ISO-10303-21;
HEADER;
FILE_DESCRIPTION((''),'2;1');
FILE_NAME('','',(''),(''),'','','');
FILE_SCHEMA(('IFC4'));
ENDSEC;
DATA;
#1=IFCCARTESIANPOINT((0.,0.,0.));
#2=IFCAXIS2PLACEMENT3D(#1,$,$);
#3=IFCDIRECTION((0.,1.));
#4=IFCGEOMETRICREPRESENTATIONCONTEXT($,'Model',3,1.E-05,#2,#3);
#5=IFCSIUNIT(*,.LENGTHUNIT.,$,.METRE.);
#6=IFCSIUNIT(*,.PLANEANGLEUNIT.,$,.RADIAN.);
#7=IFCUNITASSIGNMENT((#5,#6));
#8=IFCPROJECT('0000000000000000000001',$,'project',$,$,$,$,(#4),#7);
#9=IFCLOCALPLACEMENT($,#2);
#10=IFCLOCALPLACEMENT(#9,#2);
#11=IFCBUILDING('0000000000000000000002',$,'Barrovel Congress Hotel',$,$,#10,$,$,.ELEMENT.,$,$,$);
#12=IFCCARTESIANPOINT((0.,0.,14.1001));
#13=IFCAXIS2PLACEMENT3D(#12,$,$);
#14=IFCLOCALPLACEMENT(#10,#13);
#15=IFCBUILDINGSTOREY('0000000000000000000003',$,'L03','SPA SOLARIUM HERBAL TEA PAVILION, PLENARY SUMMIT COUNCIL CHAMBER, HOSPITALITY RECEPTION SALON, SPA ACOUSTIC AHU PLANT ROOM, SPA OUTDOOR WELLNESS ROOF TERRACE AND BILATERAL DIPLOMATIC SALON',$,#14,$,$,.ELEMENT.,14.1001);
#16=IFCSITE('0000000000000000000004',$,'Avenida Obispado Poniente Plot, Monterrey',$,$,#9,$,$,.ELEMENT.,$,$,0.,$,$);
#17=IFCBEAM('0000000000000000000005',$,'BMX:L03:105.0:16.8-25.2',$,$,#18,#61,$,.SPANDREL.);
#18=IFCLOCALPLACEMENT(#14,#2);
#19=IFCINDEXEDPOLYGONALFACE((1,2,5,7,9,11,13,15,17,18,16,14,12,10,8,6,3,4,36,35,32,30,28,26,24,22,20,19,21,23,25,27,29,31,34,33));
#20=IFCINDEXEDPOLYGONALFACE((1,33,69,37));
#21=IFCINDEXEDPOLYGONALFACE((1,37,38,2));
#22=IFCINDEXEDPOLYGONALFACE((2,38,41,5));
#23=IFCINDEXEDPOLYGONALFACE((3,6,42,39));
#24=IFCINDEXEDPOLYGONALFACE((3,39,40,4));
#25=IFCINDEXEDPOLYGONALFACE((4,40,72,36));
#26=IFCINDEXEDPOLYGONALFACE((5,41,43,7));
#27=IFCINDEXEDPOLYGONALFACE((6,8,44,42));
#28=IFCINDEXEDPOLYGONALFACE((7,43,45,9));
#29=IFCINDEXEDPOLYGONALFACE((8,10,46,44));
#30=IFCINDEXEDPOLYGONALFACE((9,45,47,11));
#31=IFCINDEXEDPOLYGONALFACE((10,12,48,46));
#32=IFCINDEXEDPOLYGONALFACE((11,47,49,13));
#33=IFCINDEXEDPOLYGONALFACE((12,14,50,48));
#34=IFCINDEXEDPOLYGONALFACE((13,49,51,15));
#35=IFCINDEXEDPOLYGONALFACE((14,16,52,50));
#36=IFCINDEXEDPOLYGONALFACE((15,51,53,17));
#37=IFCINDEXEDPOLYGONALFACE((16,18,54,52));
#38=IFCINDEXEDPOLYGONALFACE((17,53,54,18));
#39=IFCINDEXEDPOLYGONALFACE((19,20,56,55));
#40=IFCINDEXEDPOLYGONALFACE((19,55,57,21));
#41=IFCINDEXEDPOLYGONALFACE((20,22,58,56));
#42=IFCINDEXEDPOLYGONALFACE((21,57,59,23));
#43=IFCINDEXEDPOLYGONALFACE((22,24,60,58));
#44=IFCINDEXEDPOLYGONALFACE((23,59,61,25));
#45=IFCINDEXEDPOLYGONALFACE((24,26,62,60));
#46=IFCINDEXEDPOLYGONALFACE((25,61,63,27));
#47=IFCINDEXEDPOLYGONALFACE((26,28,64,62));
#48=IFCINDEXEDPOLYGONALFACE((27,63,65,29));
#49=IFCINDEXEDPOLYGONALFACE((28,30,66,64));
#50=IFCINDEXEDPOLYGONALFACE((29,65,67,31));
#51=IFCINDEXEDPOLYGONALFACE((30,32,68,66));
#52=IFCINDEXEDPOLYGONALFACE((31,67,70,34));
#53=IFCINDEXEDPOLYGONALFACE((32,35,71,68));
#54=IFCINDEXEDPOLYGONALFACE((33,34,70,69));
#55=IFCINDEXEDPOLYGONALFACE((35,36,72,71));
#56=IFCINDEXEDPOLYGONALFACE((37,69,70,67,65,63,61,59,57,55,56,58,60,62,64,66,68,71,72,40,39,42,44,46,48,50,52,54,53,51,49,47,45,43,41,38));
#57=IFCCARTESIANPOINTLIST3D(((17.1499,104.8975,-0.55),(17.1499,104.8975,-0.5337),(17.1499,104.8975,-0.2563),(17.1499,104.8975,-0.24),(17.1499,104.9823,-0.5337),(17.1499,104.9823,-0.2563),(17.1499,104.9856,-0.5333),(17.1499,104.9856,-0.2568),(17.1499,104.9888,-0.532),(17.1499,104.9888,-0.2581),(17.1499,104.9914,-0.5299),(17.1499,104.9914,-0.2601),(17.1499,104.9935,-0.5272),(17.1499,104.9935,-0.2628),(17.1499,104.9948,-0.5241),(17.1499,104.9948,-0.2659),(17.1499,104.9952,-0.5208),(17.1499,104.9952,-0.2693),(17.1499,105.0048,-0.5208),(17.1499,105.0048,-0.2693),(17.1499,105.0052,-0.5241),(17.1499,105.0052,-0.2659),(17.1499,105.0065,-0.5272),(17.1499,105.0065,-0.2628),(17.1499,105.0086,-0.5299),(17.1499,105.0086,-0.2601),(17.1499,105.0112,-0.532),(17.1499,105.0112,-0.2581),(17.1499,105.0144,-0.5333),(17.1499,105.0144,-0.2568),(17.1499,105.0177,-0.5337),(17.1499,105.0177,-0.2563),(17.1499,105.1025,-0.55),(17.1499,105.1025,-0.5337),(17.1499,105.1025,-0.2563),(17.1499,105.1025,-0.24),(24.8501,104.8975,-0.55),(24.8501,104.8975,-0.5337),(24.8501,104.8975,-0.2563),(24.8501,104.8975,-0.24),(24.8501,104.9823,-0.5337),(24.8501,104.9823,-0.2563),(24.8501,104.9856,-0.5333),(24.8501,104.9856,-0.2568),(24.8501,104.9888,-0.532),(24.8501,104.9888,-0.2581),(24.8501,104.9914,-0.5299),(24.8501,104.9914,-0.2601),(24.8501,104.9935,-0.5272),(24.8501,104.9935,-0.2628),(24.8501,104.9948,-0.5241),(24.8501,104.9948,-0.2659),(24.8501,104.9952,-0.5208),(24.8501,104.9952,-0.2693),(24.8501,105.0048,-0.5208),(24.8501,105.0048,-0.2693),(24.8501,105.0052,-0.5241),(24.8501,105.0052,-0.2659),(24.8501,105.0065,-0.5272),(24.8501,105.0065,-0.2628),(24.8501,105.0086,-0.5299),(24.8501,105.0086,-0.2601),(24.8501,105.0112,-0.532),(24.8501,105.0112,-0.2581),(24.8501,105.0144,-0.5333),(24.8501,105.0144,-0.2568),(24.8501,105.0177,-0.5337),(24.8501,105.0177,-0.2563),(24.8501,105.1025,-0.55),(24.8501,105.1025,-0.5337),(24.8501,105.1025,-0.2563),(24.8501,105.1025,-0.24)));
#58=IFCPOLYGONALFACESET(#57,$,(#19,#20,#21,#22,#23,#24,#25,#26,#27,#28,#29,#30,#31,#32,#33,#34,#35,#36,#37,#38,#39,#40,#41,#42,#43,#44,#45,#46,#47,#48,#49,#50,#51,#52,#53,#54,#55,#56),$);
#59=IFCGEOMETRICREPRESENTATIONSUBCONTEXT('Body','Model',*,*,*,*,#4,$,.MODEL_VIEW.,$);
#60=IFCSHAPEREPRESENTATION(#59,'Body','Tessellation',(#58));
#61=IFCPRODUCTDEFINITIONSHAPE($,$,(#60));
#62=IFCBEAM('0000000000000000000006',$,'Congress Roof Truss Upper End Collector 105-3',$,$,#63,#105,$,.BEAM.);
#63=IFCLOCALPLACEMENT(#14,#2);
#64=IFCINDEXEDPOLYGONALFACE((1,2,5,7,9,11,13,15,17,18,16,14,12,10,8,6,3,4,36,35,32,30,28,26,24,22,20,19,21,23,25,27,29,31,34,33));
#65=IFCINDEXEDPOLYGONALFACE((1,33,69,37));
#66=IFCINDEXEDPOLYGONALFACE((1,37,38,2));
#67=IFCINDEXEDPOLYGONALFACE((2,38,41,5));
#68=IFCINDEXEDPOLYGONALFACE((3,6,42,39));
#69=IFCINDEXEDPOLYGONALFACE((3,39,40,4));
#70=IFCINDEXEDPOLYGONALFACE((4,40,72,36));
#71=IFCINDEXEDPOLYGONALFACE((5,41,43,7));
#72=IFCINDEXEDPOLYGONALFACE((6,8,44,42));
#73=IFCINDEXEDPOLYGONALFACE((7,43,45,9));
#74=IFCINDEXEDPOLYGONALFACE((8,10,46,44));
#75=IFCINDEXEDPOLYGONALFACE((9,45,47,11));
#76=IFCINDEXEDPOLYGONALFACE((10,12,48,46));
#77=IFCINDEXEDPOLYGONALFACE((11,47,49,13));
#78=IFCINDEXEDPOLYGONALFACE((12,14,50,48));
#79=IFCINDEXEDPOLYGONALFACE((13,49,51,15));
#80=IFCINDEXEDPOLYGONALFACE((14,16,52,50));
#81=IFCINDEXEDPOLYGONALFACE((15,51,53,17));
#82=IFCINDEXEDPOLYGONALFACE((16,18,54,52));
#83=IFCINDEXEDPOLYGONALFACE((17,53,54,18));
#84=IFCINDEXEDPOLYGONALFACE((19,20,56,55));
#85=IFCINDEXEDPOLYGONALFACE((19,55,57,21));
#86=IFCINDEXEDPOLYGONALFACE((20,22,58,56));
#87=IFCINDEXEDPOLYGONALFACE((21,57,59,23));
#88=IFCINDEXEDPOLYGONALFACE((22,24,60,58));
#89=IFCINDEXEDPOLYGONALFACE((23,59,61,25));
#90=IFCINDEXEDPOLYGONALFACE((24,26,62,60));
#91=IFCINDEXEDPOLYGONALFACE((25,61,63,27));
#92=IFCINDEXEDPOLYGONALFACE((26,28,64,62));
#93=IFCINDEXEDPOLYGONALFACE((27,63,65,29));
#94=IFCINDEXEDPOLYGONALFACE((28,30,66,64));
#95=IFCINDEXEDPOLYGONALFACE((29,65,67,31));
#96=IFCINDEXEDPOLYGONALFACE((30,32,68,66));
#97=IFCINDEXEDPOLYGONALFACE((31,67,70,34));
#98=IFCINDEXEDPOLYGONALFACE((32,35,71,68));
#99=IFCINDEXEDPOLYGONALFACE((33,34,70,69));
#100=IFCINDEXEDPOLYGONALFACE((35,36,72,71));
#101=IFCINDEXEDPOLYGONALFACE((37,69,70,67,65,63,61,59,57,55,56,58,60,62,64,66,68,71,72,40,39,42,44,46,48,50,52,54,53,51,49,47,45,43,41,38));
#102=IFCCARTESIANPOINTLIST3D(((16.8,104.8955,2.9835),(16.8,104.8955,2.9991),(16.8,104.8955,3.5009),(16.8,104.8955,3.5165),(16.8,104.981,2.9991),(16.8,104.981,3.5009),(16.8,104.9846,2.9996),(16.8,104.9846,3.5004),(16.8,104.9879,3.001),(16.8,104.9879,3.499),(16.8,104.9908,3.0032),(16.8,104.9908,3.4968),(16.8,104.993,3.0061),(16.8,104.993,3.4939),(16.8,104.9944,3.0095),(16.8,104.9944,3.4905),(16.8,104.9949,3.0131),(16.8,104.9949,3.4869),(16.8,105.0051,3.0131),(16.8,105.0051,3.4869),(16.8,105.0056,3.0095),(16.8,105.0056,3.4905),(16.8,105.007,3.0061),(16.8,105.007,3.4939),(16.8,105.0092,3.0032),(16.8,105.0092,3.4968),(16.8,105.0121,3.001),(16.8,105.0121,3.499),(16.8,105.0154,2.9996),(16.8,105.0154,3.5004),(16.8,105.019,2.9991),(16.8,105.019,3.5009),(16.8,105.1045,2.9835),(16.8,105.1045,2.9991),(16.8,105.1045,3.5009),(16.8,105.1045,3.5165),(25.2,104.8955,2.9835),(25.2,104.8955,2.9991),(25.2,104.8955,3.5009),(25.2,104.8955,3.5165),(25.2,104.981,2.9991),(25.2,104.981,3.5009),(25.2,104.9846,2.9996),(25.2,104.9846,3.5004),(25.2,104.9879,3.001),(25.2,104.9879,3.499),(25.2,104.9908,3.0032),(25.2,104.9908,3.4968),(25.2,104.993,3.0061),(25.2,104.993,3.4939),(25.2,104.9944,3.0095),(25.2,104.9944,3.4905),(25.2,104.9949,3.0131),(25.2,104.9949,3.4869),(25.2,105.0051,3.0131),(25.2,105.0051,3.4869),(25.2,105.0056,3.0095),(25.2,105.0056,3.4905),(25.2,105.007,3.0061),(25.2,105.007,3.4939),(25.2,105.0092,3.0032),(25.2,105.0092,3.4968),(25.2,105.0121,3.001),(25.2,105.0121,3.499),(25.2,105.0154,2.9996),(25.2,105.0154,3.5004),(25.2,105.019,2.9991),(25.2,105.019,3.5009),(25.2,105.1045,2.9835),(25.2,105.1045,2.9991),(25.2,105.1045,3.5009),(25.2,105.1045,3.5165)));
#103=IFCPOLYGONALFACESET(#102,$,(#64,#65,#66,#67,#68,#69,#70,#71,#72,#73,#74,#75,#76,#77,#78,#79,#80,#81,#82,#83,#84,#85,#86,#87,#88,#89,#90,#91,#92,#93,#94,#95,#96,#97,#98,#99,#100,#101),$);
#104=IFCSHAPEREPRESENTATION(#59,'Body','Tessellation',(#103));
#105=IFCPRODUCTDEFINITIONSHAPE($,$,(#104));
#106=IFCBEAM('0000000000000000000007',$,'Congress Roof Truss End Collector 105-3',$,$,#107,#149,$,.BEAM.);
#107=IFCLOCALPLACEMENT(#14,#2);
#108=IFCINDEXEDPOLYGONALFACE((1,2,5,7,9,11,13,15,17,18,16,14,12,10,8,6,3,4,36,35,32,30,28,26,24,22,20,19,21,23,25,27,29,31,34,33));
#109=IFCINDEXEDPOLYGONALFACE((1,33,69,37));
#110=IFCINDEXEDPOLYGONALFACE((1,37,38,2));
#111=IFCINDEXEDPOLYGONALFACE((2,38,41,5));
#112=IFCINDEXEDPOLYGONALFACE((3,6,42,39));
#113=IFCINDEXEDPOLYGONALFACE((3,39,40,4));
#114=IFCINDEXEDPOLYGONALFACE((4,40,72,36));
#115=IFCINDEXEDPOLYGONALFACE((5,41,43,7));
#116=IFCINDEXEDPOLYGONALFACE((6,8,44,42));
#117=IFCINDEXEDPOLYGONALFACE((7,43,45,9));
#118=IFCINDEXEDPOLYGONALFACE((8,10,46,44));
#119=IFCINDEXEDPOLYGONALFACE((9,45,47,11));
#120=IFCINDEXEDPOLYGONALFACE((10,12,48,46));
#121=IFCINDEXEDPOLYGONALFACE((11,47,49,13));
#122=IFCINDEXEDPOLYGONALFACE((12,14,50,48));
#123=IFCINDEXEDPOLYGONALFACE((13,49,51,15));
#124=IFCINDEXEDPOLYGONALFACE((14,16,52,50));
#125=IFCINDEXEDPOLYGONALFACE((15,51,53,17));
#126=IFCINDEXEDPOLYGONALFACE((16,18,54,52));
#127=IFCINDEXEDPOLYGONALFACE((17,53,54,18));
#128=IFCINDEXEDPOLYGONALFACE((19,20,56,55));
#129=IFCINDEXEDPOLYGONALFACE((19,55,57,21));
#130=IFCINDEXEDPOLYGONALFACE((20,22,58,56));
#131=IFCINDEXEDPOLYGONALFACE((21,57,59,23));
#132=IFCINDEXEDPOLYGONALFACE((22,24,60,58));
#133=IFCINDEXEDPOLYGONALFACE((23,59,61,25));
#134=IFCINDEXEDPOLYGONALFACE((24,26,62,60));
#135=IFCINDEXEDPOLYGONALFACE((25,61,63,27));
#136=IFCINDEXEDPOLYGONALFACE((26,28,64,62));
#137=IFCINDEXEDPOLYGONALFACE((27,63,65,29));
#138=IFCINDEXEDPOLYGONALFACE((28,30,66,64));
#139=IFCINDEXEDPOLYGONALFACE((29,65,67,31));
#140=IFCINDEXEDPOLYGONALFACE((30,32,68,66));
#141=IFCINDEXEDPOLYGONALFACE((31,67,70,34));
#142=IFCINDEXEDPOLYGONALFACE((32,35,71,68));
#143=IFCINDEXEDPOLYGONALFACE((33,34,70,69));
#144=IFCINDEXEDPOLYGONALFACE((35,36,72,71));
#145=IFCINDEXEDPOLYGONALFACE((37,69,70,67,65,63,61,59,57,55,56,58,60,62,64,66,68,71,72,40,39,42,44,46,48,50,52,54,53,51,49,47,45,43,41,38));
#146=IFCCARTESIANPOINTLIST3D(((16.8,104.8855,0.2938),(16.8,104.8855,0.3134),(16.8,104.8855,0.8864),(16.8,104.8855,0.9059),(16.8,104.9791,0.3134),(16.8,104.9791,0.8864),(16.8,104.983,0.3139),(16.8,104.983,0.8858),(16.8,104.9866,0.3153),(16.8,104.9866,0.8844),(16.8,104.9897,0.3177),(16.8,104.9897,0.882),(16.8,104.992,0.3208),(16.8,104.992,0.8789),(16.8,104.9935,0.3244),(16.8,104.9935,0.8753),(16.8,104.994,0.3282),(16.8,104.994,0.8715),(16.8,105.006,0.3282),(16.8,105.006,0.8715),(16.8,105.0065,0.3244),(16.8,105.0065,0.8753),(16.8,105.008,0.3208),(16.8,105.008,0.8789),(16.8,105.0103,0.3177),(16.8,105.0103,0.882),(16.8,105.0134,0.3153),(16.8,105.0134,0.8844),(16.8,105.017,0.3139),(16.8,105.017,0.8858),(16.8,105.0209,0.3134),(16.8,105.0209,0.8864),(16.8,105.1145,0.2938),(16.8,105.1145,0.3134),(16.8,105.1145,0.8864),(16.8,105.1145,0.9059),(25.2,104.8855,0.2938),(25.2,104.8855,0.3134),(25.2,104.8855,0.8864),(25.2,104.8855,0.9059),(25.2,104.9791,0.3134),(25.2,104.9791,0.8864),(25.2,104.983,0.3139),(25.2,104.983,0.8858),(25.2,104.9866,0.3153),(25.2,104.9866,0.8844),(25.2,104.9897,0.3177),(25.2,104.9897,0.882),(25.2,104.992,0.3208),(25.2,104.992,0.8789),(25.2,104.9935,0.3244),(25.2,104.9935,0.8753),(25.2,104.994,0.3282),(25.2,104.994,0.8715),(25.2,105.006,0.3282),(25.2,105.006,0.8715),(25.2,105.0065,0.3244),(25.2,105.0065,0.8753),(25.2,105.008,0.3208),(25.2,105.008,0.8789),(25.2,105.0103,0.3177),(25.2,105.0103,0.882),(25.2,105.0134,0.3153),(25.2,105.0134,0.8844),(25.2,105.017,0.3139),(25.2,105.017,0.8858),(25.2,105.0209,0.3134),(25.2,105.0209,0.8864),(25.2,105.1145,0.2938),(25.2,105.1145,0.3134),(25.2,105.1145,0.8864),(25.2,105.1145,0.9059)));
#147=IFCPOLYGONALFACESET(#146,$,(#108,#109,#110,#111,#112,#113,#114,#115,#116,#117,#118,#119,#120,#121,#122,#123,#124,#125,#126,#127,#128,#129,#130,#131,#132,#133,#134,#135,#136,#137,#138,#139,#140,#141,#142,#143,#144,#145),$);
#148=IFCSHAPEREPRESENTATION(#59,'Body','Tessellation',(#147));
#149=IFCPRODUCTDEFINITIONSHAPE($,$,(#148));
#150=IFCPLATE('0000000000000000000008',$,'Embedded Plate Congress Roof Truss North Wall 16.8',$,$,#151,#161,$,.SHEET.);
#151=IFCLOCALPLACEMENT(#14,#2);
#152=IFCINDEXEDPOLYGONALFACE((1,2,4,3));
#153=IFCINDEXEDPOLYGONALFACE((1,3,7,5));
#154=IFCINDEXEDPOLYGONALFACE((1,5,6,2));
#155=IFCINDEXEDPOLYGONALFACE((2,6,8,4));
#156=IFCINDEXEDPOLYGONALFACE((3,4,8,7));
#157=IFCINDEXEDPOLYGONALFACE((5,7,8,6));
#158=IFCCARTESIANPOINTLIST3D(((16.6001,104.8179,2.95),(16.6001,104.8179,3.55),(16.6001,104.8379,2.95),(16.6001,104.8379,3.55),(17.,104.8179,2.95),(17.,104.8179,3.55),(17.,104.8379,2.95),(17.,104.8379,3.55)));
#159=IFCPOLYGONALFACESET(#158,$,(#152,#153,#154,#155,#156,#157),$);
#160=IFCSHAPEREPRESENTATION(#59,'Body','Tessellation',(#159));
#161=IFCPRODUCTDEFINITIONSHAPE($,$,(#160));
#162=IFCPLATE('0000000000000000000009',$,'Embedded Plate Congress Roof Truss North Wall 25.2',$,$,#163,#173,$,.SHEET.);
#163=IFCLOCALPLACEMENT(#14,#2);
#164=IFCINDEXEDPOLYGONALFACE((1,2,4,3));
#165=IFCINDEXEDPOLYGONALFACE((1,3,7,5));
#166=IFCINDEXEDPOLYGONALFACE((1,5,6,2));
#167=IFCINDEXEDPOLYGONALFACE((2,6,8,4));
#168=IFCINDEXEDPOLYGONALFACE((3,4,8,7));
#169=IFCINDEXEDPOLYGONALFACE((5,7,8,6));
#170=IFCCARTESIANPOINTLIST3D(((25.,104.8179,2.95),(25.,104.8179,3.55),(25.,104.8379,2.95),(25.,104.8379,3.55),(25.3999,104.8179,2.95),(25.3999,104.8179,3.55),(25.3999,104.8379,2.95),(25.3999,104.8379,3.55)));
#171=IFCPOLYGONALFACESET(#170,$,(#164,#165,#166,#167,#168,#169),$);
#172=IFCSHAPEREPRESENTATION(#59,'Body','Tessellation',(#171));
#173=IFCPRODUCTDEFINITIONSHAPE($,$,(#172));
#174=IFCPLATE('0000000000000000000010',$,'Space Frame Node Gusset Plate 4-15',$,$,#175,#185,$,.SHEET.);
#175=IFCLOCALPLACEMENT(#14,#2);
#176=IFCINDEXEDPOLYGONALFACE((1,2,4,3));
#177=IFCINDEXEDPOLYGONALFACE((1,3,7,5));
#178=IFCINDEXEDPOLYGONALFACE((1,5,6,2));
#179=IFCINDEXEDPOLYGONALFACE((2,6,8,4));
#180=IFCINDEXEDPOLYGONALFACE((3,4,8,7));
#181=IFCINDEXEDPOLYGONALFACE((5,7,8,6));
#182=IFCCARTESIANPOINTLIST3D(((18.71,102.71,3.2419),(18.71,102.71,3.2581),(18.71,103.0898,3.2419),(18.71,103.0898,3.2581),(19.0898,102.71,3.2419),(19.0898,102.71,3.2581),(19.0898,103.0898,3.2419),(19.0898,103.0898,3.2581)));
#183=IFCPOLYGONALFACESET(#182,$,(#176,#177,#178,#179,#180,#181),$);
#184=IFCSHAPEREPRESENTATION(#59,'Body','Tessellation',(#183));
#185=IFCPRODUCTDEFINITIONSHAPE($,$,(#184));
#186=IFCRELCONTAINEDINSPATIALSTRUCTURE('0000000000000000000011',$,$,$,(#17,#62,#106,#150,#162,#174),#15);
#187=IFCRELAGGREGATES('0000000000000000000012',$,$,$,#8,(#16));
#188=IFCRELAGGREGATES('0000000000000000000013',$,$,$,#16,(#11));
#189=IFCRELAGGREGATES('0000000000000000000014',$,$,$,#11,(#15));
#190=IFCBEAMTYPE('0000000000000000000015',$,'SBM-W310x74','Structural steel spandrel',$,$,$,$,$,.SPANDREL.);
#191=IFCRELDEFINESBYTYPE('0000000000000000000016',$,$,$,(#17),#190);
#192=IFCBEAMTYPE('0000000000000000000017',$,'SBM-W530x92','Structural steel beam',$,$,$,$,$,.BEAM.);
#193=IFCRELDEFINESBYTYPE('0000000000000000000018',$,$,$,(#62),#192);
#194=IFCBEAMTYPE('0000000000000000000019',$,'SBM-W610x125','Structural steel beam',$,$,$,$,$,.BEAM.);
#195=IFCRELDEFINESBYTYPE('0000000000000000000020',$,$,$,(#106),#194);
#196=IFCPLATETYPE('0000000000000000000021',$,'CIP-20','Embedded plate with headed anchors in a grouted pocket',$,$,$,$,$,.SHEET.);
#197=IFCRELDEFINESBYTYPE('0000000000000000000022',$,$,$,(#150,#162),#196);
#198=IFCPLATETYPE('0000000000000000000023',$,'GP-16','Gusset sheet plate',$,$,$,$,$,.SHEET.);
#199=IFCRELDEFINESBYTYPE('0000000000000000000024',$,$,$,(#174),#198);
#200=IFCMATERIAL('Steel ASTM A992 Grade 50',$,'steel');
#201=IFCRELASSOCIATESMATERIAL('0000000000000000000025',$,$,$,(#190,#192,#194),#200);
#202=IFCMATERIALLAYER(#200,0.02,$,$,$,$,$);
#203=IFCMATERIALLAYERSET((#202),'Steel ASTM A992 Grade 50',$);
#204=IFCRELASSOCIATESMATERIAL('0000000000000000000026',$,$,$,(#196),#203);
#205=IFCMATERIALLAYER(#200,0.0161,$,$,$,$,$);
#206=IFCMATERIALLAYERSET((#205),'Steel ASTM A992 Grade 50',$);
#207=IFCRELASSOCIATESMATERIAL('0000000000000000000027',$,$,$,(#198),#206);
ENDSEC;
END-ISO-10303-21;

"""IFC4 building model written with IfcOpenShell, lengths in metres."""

from ifc_helpers import new_model, si_unit, direction, frame, origin, origin_2d, place, context, subcontext, project, spatial, rectangle, i_section, extrude, material, layer, layer_set, material_profile, profile_set, type_object, element, save


model = new_model("IFC4")

# Units and contexts
model_context = context("Model", 3, precision=1e-05, world=origin(), true_north=direction((0.0, 1.0)))
body_context = subcontext(model_context, "Body", "Model", "MODEL_VIEW")
ifc_project = project(units=[si_unit("LENGTHUNIT", "METRE"), si_unit("PLANEANGLEUNIT", "RADIAN")], contexts=[model_context])

# Site, building, storey
site_placement = place(None, origin())
site = spatial("IfcSite", under=ifc_project, at=site_placement, Name="Avenida Obispado Poniente Plot, Monterrey", CompositionType="ELEMENT", RefElevation=0.0)
building_placement = place(site_placement, origin())
building = spatial("IfcBuilding", under=site, at=building_placement, Name="Barrovel Congress Hotel", CompositionType="ELEMENT")
storey_placement = place(building_placement, frame((0.0, 0.0, 14.1001)))
storey = spatial("IfcBuildingStorey", under=building, at=storey_placement, Name="L03", Description="SPA SOLARIUM HERBAL TEA PAVILION, PLENARY SUMMIT COUNCIL CHAMBER, HOSPITALITY RECEPTION SALON, SPA ACOUSTIC AHU PLANT ROOM, SPA OUTDOOR WELLNESS ROOF TERRACE AND BILATERAL DIPLOMATIC SALON", CompositionType="ELEMENT", Elevation=14.1001)

# Beams
ifc_material_1 = material(Name="Steel ASTM A992 Grade 50", Category="steel")
ifc_material_profile_1 = material_profile(ifc_material_1, i_section(OverallWidth=0.2051, OverallDepth=0.3101, WebThickness=0.0095, FlangeThickness=0.0164, FilletRadius=0.0129, at=origin_2d()), Name="W310x74")
ifc_profile_set_1 = profile_set([ifc_material_profile_1], Name="Steel ASTM A992 Grade 50")
beam_type_1 = type_object("IfcBeamType", Name="SBM-W310x74", Description="Structural steel spandrel", PredefinedType="SPANDREL", material=ifc_profile_set_1)
beam_1_placement = place(storey_placement, frame((17.1499, 105.0, -0.395), z_axis=(1.0, 0.0, 0.0), x_axis=(0.0, 1.0, 0.0)))
element("IfcBeam", 1, at=beam_1_placement, inside=storey, type_object=beam_type_1, Name="BMX:L03:105.0:16.8-25.2", PredefinedType="SPANDREL", context=body_context, shape_type="SweptSolid", body=[
    extrude(i_section(OverallWidth=0.2051, OverallDepth=0.3101, WebThickness=0.0095, FlangeThickness=0.0164, FilletRadius=0.0129, at=origin_2d()), origin(), (0.0, 0.0, 1.0), 7.7002),
])
ifc_material_profile_2 = material_profile(ifc_material_1, i_section(OverallWidth=0.209, OverallDepth=0.533, WebThickness=0.0103, FlangeThickness=0.0156, FilletRadius=0.0139, at=origin_2d()), Name="W530x92")
ifc_profile_set_2 = profile_set([ifc_material_profile_2], Name="Steel ASTM A992 Grade 50")
beam_type_2 = type_object("IfcBeamType", Name="SBM-W530x92", Description="Structural steel beam", PredefinedType="BEAM", material=ifc_profile_set_2)
beam_2_placement = place(storey_placement, frame((16.8, 105.0, 3.25), z_axis=(1.0, 0.0, 0.0), x_axis=(0.0, 1.0, 0.0)))
element("IfcBeam", 2, at=beam_2_placement, inside=storey, type_object=beam_type_2, Name="Congress Roof Truss Upper End Collector 105-3", PredefinedType="BEAM", context=body_context, shape_type="SweptSolid", body=[
    extrude(i_section(OverallWidth=0.209, OverallDepth=0.533, WebThickness=0.0103, FlangeThickness=0.0156, FilletRadius=0.0139, at=origin_2d()), origin(), (0.0, 0.0, 1.0), 8.3999),
])
ifc_material_profile_3 = material_profile(ifc_material_1, i_section(OverallWidth=0.229, OverallDepth=0.6121, WebThickness=0.012, FlangeThickness=0.0195, FilletRadius=0.0149, at=origin_2d()), Name="W610x125")
ifc_profile_set_3 = profile_set([ifc_material_profile_3], Name="Steel ASTM A992 Grade 50")
beam_type_3 = type_object("IfcBeamType", Name="SBM-W610x125", Description="Structural steel beam", PredefinedType="BEAM", material=ifc_profile_set_3)
beam_3_placement = place(storey_placement, frame((16.8, 105.0, 0.5999), z_axis=(1.0, 0.0, 0.0), x_axis=(0.0, 1.0, 0.0)))
element("IfcBeam", 3, at=beam_3_placement, inside=storey, type_object=beam_type_3, Name="Congress Roof Truss End Collector 105-3", PredefinedType="BEAM", context=body_context, shape_type="SweptSolid", body=[
    extrude(i_section(OverallWidth=0.229, OverallDepth=0.6121, WebThickness=0.012, FlangeThickness=0.0195, FilletRadius=0.0149, at=origin_2d()), origin(), (0.0, 0.0, 1.0), 8.3999),
])

# Plates
ifc_layer_1 = layer(ifc_material_1, 0.02)
ifc_layer_set_1 = layer_set([ifc_layer_1], Name="Steel ASTM A992 Grade 50")
plate_type_1 = type_object("IfcPlateType", Name="CIP-20", Description="Embedded plate with headed anchors in a grouted pocket", PredefinedType="SHEET", material=ifc_layer_set_1)
for number, where, z_axis, x_axis, name in (
    (4, (16.8, 104.8279, 2.95), (0.0, 0.0, 1.0), (1.0, 0.0, 0.0), "Embedded Plate Congress Roof Truss North Wall 16.8"),
    (5, (25.2, 104.8279, 2.95), (0.0, 0.0, 1.0), (1.0, 0.0, 0.0), "Embedded Plate Congress Roof Truss North Wall 25.2"),
):
    element("IfcPlate", number, at=place(storey_placement, frame(where, z_axis=z_axis, x_axis=x_axis)), inside=storey, type_object=plate_type_1, Name=name, PredefinedType="SHEET", context=body_context, shape_type="SweptSolid", body=[
        extrude(rectangle(XDim=0.3999, YDim=0.02, at=origin_2d()), origin(), (0.0, 0.0, 1.0), 0.6001),
    ])
ifc_layer_2 = layer(ifc_material_1, 0.0161)
ifc_layer_set_2 = layer_set([ifc_layer_2], Name="Steel ASTM A992 Grade 50")
plate_type_2 = type_object("IfcPlateType", Name="GP-16", Description="Gusset sheet plate", PredefinedType="SHEET", material=ifc_layer_set_2)
for number, where, z_axis, x_axis, name in (
    (6, (18.8999, 102.8999, 3.2419), (0.0, 0.0, 1.0), (1.0, 0.0, 0.0), "Space Frame Node Gusset Plate 4-15"),
):
    element("IfcPlate", number, at=place(storey_placement, frame(where, z_axis=z_axis, x_axis=x_axis)), inside=storey, type_object=plate_type_2, Name=name, PredefinedType="SHEET", context=body_context, shape_type="SweptSolid", body=[
        extrude(rectangle(XDim=0.3799, YDim=0.3799, at=origin_2d()), origin(), (0.0, 0.0, 1.0), 0.0161),
    ])

save(model, "model.ifc")
